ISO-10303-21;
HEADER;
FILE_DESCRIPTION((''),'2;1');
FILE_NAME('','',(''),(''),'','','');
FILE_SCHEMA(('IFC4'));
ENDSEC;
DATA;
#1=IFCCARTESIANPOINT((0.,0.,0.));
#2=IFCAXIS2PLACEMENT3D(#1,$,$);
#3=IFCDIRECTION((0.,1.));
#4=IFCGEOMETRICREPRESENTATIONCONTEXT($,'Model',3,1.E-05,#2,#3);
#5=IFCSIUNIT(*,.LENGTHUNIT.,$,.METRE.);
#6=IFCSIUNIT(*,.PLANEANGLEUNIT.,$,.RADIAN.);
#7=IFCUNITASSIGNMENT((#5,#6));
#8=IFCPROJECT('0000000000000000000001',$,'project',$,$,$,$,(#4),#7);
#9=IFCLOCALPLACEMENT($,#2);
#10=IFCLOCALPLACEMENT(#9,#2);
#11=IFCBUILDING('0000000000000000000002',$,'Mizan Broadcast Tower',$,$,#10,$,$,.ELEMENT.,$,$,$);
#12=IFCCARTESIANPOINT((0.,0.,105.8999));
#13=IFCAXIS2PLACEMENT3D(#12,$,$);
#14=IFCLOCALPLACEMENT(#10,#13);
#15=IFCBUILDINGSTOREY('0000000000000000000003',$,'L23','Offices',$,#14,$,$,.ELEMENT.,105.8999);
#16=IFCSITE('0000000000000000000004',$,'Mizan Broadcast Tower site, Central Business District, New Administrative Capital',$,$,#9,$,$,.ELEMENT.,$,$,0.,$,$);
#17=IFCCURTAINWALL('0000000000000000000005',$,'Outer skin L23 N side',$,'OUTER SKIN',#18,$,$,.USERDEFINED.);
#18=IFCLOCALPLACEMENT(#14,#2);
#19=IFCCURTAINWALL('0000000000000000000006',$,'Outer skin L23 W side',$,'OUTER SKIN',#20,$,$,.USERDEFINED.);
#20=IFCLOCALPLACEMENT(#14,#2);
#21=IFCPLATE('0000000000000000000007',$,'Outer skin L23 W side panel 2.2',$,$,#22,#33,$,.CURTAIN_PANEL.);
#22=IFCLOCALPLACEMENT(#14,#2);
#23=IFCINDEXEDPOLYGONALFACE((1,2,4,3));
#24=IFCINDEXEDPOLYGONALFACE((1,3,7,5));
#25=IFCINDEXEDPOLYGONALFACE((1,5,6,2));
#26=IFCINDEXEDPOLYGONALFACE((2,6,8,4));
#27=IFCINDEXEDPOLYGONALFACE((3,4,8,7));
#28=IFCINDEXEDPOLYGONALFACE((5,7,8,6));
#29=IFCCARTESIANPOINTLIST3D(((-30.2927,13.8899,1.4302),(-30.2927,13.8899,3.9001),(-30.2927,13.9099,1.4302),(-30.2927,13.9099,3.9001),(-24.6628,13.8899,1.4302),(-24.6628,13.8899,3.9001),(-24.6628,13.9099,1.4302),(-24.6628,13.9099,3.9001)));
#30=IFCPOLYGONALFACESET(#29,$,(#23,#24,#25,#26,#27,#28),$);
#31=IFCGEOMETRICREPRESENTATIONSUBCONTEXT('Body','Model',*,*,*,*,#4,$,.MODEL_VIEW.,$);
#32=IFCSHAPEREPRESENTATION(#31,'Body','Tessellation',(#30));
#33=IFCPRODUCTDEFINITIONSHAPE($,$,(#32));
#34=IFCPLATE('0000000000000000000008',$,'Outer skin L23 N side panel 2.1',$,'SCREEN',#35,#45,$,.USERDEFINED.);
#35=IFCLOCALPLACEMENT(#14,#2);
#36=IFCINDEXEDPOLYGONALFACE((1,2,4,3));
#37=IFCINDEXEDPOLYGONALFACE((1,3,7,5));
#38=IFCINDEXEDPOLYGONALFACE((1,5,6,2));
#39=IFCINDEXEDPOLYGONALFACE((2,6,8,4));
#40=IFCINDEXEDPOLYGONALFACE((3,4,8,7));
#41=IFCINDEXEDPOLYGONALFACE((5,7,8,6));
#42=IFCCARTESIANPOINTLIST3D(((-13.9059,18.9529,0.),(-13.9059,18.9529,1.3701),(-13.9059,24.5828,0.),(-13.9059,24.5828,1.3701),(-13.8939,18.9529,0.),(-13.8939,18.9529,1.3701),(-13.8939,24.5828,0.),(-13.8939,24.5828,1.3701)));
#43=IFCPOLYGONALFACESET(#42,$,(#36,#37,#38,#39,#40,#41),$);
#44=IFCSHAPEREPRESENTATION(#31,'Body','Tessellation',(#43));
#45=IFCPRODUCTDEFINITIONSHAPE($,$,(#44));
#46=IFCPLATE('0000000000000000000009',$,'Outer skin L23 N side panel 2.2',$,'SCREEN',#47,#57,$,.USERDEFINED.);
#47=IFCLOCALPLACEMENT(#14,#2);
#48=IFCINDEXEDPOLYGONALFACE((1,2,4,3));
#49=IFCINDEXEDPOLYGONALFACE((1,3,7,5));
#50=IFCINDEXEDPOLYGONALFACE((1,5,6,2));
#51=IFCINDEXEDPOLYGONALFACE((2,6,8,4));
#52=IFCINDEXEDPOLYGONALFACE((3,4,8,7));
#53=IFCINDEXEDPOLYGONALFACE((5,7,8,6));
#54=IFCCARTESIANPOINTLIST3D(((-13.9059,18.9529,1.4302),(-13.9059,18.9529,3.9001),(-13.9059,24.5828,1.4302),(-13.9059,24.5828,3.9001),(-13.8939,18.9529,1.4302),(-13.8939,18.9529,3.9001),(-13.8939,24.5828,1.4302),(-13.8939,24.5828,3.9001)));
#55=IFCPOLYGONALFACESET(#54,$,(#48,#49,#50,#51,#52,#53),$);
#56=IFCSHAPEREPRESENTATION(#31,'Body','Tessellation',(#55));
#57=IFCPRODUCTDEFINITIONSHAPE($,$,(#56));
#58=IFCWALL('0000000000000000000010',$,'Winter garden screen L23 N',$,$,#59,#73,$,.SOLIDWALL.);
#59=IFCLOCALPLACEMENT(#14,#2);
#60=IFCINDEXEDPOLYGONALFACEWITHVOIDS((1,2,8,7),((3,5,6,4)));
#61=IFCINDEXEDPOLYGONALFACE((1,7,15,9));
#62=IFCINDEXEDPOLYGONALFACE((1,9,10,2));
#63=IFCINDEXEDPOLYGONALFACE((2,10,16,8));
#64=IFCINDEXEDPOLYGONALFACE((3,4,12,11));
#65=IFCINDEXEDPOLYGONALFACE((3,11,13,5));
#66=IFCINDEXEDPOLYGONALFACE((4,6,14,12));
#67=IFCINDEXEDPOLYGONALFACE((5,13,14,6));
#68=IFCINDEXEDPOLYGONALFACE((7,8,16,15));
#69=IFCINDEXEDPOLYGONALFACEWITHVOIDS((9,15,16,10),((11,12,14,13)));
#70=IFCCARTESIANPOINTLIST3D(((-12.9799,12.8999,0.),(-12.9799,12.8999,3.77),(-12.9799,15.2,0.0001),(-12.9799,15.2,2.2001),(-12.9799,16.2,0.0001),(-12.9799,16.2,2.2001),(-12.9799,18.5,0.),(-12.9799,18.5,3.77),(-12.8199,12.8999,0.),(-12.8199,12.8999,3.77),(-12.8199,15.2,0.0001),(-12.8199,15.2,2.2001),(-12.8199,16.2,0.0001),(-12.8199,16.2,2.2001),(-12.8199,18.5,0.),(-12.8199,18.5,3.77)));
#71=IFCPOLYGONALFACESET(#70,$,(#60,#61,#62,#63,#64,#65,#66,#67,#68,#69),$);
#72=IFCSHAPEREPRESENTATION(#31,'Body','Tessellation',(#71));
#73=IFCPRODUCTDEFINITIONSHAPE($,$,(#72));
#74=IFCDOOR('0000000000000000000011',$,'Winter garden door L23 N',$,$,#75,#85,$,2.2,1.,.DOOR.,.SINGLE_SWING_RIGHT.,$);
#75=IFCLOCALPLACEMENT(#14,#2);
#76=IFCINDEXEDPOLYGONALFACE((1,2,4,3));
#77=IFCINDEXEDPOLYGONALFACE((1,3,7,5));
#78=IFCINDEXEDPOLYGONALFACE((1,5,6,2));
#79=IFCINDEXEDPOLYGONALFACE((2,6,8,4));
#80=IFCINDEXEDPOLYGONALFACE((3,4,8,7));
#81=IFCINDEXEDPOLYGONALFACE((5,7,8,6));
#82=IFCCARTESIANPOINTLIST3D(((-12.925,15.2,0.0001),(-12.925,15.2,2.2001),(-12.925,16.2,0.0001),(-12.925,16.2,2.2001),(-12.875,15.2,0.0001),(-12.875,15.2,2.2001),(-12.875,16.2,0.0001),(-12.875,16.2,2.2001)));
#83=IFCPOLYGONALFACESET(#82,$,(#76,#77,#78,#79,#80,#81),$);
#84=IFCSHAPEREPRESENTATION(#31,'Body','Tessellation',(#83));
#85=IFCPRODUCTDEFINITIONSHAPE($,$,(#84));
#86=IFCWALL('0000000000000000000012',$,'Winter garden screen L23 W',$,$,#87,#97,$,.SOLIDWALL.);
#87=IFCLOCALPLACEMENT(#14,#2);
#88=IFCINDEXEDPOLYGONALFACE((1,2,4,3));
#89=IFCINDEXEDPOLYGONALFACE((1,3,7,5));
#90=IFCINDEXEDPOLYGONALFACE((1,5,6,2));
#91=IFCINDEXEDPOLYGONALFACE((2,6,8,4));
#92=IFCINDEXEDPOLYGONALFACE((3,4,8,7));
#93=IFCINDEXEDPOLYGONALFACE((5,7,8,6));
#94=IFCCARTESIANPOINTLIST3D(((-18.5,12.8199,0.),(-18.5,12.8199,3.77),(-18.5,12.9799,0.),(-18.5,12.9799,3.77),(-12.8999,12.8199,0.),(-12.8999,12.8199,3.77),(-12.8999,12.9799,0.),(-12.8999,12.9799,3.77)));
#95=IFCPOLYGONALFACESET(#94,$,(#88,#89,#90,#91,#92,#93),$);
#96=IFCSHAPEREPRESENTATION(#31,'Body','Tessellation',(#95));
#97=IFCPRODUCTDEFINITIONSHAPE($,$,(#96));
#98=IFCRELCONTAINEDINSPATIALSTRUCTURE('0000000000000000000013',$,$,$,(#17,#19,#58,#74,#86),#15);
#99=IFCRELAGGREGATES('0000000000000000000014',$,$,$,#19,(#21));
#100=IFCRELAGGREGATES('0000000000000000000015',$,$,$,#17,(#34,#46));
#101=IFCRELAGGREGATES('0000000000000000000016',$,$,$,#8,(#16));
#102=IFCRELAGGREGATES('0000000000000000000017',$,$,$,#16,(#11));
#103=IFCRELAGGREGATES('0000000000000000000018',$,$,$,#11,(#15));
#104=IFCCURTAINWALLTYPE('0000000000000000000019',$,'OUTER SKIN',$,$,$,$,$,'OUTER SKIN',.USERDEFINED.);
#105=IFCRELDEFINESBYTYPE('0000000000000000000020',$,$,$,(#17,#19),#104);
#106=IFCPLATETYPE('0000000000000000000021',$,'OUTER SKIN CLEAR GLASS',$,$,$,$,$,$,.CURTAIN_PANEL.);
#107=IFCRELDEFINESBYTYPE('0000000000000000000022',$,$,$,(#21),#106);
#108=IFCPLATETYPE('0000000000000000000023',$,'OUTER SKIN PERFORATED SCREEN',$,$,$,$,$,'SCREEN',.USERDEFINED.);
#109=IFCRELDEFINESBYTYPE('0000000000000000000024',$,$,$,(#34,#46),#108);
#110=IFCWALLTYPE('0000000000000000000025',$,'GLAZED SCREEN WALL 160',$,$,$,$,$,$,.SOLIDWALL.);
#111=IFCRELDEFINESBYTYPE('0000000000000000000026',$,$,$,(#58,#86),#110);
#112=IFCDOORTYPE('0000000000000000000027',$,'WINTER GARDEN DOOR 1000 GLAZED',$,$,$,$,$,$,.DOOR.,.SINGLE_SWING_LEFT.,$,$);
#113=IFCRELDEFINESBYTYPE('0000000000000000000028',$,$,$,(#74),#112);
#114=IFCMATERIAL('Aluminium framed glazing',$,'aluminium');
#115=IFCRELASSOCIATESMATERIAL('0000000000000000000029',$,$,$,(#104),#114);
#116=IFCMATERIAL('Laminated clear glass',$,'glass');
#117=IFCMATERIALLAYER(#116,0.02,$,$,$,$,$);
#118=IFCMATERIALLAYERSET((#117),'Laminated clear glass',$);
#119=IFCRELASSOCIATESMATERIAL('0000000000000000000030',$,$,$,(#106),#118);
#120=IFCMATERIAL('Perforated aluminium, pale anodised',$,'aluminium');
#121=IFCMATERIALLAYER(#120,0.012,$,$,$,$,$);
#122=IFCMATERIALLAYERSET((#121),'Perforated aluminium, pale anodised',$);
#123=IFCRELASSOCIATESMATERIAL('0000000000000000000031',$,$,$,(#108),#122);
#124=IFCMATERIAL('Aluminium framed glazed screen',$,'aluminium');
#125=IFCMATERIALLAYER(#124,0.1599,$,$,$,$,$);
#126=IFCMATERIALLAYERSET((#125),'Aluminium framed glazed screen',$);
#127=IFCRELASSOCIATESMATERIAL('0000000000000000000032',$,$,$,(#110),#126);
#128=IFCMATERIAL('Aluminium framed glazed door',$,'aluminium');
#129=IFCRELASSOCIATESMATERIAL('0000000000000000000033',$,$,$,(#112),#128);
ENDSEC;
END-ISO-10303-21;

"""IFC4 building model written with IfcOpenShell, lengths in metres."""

from ifc_helpers import new_model, si_unit, direction, frame, frame_2d, origin, origin_2d, place, context, subcontext, project, spatial, rectangle, extrude, material, layer, layer_set, type_object, element, fill, aggregate, save


model = new_model("IFC4")

# Units and contexts
model_context = context("Model", 3, precision=1e-05, world=origin(), true_north=direction((0.0, 1.0)))
body_context = subcontext(model_context, "Body", "Model", "MODEL_VIEW")
ifc_project = project(units=[si_unit("LENGTHUNIT", "METRE"), si_unit("PLANEANGLEUNIT", "RADIAN")], contexts=[model_context])

# Site, building, storey
site_placement = place(None, origin())
site = spatial("IfcSite", under=ifc_project, at=site_placement, Name="Mizan Broadcast Tower site, Central Business District, New Administrative Capital", CompositionType="ELEMENT", RefElevation=0.0)
building_placement = place(site_placement, origin())
building = spatial("IfcBuilding", under=site, at=building_placement, Name="Mizan Broadcast Tower", CompositionType="ELEMENT")
storey_placement = place(building_placement, frame((0.0, 0.0, 105.8999)))
storey = spatial("IfcBuildingStorey", under=building, at=storey_placement, Name="L23", Description="Offices", CompositionType="ELEMENT", Elevation=105.8999)

# Shared definitions
ifc_material_1 = material(Name="Aluminium framed glazing", Category="aluminium")
curtain_wall_type_1 = type_object("IfcCurtainWallType", Name="OUTER SKIN", ElementType="OUTER SKIN", PredefinedType="USERDEFINED", material=ifc_material_1)

# Curtain wall
curtain_wall_1_placement = place(storey_placement, origin())
curtain_wall_1 = element("IfcCurtainWall", 1, at=curtain_wall_1_placement, inside=storey, type_object=curtain_wall_type_1, Name="Outer skin L23 N side", ObjectType="OUTER SKIN", PredefinedType="USERDEFINED")

# Curtain wall
curtain_wall_2_placement = place(storey_placement, origin())
curtain_wall_2 = element("IfcCurtainWall", 2, at=curtain_wall_2_placement, inside=storey, type_object=curtain_wall_type_1, Name="Outer skin L23 W side", ObjectType="OUTER SKIN", PredefinedType="USERDEFINED")

# Plates
ifc_material_2 = material(Name="Laminated clear glass", Category="glass")
ifc_layer_1 = layer(ifc_material_2, 0.02)
ifc_layer_set_1 = layer_set([ifc_layer_1], Name="Laminated clear glass")
plate_type_1 = type_object("IfcPlateType", Name="OUTER SKIN CLEAR GLASS", PredefinedType="CURTAIN_PANEL", material=ifc_layer_set_1)
plate_1_placement = place(storey_placement, frame((-27.4778, 13.8999, 1.4302), z_axis=(0.0, 0.0, 1.0), x_axis=(-1.0, 0.0, 0.0)))
plate_1 = element("IfcPlate", 3, at=plate_1_placement, type_object=plate_type_1, Name="Outer skin L23 W side panel 2.2", PredefinedType="CURTAIN_PANEL", context=body_context, shape_type="SweptSolid", body=[
    extrude(rectangle(XDim=5.6299, YDim=0.02, at=origin_2d()), origin(), (0.0, 0.0, 1.0), 2.47),
])
aggregate(curtain_wall_2, [plate_1])
ifc_material_3 = material(Name="Perforated aluminium, pale anodised", Category="aluminium")
ifc_layer_2 = layer(ifc_material_3, 0.012)
ifc_layer_set_2 = layer_set([ifc_layer_2], Name="Perforated aluminium, pale anodised")
plate_type_2 = type_object("IfcPlateType", Name="OUTER SKIN PERFORATED SCREEN", ElementType="SCREEN", PredefinedType="USERDEFINED", material=ifc_layer_set_2)
plate_2_placement = place(storey_placement, frame((-13.8999, 21.7678, 0.0), z_axis=(0.0, 0.0, 1.0), x_axis=(0.0, -1.0, 0.0)))
plate_2 = element("IfcPlate", 4, at=plate_2_placement, type_object=plate_type_2, Name="Outer skin L23 N side panel 2.1", ObjectType="SCREEN", PredefinedType="USERDEFINED", context=body_context, shape_type="SweptSolid", body=[
    extrude(rectangle(XDim=5.6299, YDim=0.012, at=origin_2d()), origin(), (0.0, 0.0, 1.0), 1.3701),
])
plate_3_placement = place(storey_placement, frame((-13.8999, 21.7678, 1.4302), z_axis=(0.0, 0.0, 1.0), x_axis=(0.0, -1.0, 0.0)))
plate_3 = element("IfcPlate", 5, at=plate_3_placement, type_object=plate_type_2, Name="Outer skin L23 N side panel 2.2", ObjectType="SCREEN", PredefinedType="USERDEFINED", context=body_context, shape_type="SweptSolid", body=[
    extrude(rectangle(XDim=5.6299, YDim=0.012, at=origin_2d()), origin(), (0.0, 0.0, 1.0), 2.47),
])
aggregate(curtain_wall_1, [plate_2, plate_3])

# Wall, opening, door
ifc_material_4 = material(Name="Aluminium framed glazed screen", Category="aluminium")
ifc_layer_3 = layer(ifc_material_4, 0.1599)
ifc_layer_set_3 = layer_set([ifc_layer_3], Name="Aluminium framed glazed screen")
wall_type = type_object("IfcWallType", Name="GLAZED SCREEN WALL 160", PredefinedType="SOLIDWALL", material=ifc_layer_set_3)
wall_1_placement = place(storey_placement, frame((-12.8999, 18.5, 0.0), z_axis=(0.0, 0.0, 1.0), x_axis=(0.0, -1.0, 0.0)))
wall_1 = element("IfcWall", 6, at=wall_1_placement, inside=storey, type_object=wall_type, Name="Winter garden screen L23 N", PredefinedType="SOLIDWALL", context=body_context, shape_type="SweptSolid", body=[
    extrude(rectangle(XDim=5.6001, YDim=0.1599, at=frame_2d((2.8, 0.0))), origin(), (0.0, 0.0, 1.0), 3.77),
])
opening_placement = place(wall_1_placement, frame((2.3, 0.0, 0.0)))
opening = element("IfcOpeningElement", 7, at=opening_placement, cuts=wall_1, PredefinedType="OPENING", context=body_context, shape_type="SweptSolid", body=[
    extrude(rectangle(XDim=1.0, YDim=2.2, at=frame_2d((0.5, 1.1001))), frame((0.0, 0.0898, 0.0), z_axis=(0.0, -1.0, 0.0), x_axis=(1.0, 0.0, 0.0)), (0.0, 0.0, 1.0), 0.1799),
])
ifc_material_5 = material(Name="Aluminium framed glazed door", Category="aluminium")
door_type = type_object("IfcDoorType", Name="WINTER GARDEN DOOR 1000 GLAZED", OperationType="SINGLE_SWING_LEFT", PredefinedType="DOOR", material=ifc_material_5)
door_placement = place(opening_placement, origin())
door = element("IfcDoor", 8, at=door_placement, inside=storey, type_object=door_type, Name="Winter garden door L23 N", OperationType="SINGLE_SWING_RIGHT", OverallHeight=2.2, OverallWidth=1.0, PredefinedType="DOOR", context=body_context, shape_type="SweptSolid", body=[
    extrude(rectangle(XDim=1.0, YDim=2.2, at=frame_2d((0.5, 1.1001))), frame((0.0, 0.0249, 0.0), z_axis=(0.0, -1.0, 0.0), x_axis=(1.0, 0.0, 0.0)), (0.0, 0.0, 1.0), 0.05),
])
fill(opening, door)

# Wall
wall_2_placement = place(storey_placement, frame((-12.8999, 12.8999, 0.0), z_axis=(0.0, 0.0, 1.0), x_axis=(-1.0, 0.0, 0.0)))
element("IfcWall", 9, at=wall_2_placement, inside=storey, type_object=wall_type, Name="Winter garden screen L23 W", PredefinedType="SOLIDWALL", context=body_context, shape_type="SweptSolid", body=[
    extrude(rectangle(XDim=5.6001, YDim=0.1599, at=frame_2d((2.8, 0.0))), origin(), (0.0, 0.0, 1.0), 3.77),
])

save(model, "model.ifc")
